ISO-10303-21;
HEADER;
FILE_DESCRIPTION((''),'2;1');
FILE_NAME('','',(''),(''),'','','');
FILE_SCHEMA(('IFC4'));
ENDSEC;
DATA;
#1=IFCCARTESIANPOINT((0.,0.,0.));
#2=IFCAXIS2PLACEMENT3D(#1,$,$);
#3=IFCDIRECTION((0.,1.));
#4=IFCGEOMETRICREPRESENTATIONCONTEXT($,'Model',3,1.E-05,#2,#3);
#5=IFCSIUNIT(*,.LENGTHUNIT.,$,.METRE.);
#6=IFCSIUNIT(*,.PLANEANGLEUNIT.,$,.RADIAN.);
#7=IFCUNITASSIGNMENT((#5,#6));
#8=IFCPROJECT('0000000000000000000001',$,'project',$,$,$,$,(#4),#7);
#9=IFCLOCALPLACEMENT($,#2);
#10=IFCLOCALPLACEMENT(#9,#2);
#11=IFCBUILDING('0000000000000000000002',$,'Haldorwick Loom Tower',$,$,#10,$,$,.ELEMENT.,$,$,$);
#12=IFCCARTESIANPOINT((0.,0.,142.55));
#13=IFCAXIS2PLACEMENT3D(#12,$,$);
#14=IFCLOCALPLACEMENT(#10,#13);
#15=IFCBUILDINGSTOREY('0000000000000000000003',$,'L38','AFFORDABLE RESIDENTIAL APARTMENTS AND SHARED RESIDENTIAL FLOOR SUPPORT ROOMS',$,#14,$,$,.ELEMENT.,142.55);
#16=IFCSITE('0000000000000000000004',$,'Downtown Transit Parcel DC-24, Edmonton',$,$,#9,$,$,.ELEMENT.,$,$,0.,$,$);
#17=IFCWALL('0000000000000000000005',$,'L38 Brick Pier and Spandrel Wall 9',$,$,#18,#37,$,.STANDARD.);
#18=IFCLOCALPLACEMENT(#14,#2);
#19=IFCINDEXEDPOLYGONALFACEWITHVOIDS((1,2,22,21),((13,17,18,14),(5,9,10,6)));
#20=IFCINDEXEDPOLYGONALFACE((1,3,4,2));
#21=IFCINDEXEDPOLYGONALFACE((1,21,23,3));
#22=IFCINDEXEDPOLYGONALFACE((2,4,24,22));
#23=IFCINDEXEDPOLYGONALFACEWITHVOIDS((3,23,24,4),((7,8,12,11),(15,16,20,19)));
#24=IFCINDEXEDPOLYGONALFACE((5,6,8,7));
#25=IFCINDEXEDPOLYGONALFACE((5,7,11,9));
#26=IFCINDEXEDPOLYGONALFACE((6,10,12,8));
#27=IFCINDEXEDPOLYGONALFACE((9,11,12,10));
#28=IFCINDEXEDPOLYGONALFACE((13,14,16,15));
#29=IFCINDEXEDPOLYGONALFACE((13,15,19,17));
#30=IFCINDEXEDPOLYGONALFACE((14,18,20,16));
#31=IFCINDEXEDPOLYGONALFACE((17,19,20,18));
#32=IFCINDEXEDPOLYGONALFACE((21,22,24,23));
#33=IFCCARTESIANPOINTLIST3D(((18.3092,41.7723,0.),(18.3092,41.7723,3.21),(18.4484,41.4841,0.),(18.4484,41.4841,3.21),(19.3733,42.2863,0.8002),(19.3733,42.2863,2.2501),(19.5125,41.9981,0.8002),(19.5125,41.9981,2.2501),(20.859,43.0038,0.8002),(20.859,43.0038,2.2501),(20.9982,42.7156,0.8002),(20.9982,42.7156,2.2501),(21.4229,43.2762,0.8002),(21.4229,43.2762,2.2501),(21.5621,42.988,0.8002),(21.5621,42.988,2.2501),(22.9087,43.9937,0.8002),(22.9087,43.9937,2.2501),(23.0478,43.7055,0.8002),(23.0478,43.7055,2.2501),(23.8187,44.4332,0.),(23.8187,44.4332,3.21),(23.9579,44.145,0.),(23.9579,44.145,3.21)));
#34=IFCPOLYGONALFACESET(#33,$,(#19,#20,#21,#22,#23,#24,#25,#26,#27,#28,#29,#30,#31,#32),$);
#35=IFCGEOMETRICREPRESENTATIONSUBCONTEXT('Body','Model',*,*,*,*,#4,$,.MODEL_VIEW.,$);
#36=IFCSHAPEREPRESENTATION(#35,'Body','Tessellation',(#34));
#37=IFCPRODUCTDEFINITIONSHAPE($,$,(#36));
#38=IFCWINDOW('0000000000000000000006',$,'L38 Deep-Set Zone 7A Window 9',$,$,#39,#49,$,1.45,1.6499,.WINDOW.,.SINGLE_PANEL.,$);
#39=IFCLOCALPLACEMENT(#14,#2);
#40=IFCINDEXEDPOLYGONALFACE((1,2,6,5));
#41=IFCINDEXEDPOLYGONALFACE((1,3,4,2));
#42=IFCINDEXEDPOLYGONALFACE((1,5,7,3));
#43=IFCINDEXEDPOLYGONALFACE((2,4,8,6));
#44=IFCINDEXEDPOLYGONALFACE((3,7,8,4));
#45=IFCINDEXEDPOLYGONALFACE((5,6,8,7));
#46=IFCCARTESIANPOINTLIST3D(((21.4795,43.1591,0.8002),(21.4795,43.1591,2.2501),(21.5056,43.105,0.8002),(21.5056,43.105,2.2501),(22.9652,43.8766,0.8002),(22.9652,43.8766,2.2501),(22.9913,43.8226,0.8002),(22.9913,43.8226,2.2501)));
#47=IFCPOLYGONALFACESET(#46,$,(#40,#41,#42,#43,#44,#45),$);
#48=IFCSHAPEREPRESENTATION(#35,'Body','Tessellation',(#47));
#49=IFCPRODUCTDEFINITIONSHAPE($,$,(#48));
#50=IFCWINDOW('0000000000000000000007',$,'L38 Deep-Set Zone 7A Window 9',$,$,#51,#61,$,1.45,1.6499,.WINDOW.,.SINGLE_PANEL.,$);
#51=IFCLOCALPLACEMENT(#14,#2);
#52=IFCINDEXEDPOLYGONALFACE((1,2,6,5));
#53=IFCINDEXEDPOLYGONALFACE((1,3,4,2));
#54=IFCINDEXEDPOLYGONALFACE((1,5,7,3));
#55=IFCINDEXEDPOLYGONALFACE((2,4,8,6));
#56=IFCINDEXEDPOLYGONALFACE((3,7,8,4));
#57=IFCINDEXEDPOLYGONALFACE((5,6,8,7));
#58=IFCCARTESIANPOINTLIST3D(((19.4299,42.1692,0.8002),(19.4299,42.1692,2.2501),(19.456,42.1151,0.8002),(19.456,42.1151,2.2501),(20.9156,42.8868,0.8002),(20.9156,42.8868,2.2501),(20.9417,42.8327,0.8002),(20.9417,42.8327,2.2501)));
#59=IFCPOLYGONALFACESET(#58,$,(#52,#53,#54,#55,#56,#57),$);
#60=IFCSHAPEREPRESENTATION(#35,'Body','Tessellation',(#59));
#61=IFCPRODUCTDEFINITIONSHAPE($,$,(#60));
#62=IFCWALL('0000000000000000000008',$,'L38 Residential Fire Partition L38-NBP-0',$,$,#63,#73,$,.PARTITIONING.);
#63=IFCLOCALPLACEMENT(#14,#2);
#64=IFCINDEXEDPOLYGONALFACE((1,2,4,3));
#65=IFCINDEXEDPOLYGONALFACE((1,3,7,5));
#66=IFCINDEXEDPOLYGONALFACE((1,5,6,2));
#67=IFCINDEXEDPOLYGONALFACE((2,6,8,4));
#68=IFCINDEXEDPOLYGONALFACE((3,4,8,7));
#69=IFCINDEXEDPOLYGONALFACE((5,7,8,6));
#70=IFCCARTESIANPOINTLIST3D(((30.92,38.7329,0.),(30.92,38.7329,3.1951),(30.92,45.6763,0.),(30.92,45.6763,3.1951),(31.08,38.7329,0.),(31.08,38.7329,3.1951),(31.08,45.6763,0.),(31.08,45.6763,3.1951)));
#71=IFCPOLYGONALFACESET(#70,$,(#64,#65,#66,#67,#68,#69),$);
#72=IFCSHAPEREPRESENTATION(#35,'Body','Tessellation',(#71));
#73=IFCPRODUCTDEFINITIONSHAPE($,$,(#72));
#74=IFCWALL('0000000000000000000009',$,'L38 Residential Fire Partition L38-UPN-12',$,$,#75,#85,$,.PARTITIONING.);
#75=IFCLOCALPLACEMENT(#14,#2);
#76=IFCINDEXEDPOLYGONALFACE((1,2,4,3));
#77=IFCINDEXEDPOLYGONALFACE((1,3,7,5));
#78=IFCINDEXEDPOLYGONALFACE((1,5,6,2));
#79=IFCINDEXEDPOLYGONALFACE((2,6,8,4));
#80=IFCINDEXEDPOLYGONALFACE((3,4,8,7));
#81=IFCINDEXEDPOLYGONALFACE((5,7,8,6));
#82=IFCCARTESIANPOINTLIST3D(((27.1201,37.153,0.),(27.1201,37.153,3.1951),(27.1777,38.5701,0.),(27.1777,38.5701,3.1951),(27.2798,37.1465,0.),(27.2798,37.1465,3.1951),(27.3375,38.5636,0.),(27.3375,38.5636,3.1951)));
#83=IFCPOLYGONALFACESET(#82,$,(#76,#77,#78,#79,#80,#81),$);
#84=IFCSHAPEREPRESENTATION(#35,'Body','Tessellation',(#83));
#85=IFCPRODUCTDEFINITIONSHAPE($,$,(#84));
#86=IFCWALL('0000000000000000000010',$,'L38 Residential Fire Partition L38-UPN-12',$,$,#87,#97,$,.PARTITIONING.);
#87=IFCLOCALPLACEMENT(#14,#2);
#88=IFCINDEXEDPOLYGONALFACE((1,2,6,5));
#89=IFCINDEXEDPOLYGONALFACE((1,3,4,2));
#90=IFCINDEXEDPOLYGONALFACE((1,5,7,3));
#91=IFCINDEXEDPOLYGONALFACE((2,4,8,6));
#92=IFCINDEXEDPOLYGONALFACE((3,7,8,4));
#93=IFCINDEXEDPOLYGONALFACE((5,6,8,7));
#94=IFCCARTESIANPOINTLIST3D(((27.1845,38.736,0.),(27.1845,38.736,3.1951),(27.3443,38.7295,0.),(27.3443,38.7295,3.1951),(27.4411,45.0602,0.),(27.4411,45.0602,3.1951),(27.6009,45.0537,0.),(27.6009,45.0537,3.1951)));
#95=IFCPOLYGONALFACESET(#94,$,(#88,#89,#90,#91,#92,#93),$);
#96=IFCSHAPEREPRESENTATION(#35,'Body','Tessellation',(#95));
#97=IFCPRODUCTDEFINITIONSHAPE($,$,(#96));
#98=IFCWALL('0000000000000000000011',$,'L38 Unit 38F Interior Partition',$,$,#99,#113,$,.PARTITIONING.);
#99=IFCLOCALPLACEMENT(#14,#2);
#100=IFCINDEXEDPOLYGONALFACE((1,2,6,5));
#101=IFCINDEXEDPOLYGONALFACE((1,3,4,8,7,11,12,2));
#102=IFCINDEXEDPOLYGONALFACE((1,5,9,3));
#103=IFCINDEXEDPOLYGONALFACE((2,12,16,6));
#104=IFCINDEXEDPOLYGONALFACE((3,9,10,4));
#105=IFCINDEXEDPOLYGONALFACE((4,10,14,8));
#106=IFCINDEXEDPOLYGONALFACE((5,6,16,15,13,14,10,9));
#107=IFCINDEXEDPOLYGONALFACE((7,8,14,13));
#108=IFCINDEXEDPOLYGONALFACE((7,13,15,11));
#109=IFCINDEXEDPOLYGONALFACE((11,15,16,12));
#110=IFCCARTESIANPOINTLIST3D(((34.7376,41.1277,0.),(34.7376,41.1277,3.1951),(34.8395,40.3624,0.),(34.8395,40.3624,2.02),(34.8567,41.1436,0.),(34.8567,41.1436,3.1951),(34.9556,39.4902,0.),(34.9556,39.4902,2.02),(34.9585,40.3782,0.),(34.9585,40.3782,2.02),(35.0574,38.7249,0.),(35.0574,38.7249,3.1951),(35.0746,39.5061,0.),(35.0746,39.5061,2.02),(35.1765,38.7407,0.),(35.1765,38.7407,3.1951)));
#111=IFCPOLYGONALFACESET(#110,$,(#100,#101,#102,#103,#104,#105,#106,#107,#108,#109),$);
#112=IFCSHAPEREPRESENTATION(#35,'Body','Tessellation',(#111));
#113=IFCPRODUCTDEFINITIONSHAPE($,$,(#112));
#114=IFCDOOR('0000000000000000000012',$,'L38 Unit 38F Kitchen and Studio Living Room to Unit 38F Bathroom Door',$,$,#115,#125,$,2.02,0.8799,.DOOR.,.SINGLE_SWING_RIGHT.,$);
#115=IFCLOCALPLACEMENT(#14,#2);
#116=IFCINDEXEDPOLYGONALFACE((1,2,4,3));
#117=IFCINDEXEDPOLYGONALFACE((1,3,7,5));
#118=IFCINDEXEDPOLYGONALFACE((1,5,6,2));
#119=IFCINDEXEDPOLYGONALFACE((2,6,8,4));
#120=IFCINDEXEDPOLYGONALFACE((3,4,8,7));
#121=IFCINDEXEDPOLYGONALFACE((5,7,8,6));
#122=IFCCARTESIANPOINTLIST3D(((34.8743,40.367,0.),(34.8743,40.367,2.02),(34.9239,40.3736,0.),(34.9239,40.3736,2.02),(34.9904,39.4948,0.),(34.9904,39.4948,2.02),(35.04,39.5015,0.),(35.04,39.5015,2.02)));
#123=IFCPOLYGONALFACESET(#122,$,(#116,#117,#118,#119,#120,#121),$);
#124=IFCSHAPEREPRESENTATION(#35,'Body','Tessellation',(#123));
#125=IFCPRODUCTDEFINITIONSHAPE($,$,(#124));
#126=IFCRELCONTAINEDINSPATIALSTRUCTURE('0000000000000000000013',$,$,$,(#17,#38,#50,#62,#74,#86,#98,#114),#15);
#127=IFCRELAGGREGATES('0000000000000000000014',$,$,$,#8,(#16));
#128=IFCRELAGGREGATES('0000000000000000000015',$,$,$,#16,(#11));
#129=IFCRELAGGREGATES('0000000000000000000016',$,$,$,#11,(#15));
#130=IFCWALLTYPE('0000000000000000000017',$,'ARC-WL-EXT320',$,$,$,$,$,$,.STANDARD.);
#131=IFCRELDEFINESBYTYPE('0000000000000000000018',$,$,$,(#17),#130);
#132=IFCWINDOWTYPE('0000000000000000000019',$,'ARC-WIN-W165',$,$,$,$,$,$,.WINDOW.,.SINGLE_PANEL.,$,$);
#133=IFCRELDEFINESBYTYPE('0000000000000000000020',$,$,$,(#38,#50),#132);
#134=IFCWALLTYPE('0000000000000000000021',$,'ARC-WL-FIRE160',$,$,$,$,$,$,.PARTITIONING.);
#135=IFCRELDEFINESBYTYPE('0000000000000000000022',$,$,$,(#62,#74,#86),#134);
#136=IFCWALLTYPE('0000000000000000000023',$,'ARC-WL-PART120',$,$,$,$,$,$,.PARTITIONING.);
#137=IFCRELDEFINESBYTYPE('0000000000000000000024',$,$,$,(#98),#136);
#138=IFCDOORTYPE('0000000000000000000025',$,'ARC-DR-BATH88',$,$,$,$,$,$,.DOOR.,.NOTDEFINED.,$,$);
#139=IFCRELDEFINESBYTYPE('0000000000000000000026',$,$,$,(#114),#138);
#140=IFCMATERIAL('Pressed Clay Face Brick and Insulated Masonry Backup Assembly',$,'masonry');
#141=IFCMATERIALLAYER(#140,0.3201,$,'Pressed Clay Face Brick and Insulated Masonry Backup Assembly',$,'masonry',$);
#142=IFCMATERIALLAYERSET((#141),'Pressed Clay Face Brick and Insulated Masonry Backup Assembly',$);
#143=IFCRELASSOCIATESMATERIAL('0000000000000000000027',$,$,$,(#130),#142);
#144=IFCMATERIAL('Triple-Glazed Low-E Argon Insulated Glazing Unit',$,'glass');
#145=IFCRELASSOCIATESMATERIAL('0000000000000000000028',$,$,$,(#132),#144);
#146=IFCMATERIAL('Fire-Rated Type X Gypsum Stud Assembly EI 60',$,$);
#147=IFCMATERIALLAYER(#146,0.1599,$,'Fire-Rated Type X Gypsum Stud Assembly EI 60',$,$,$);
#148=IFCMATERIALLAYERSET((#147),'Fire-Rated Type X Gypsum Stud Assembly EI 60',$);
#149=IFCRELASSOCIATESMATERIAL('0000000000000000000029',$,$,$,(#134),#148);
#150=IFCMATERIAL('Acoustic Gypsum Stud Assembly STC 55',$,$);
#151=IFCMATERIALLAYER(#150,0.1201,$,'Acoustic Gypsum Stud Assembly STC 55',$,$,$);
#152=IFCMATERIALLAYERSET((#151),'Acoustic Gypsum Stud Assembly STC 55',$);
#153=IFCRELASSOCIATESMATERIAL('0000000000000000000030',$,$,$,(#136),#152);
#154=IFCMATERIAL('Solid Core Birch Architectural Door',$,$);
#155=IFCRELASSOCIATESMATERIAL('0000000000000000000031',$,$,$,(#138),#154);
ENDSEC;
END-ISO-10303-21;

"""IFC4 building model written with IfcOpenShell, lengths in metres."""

from ifc_helpers import new_model, si_unit, direction, frame, frame_2d, origin, place, context, subcontext, project, spatial, rectangle, extrude, material, layer, layer_set, type_object, element, fill, save


model = new_model("IFC4")

# Units and contexts
model_context = context("Model", 3, precision=1e-05, world=origin(), true_north=direction((0.0, 1.0)))
body_context = subcontext(model_context, "Body", "Model", "MODEL_VIEW")
ifc_project = project(units=[si_unit("LENGTHUNIT", "METRE"), si_unit("PLANEANGLEUNIT", "RADIAN")], contexts=[model_context])

# Site, building, storey
site_placement = place(None, origin())
site = spatial("IfcSite", under=ifc_project, at=site_placement, Name="Downtown Transit Parcel DC-24, Edmonton", CompositionType="ELEMENT", RefElevation=0.0)
building_placement = place(site_placement, origin())
building = spatial("IfcBuilding", under=site, at=building_placement, Name="Haldorwick Loom Tower", CompositionType="ELEMENT")
storey_placement = place(building_placement, frame((0.0, 0.0, 142.55)))
storey = spatial("IfcBuildingStorey", under=building, at=storey_placement, Name="L38", Description="AFFORDABLE RESIDENTIAL APARTMENTS AND SHARED RESIDENTIAL FLOOR SUPPORT ROOMS", CompositionType="ELEMENT", Elevation=142.55)

# Shared definitions
ifc_material_1 = material(Name="Pressed Clay Face Brick and Insulated Masonry Backup Assembly", Category="masonry")
ifc_layer_1 = layer(ifc_material_1, 0.3201, Name="Pressed Clay Face Brick and Insulated Masonry Backup Assembly", Category="masonry")
ifc_layer_set_1 = layer_set([ifc_layer_1], Name="Pressed Clay Face Brick and Insulated Masonry Backup Assembly")
wall_type_1 = type_object("IfcWallType", Name="ARC-WL-EXT320", PredefinedType="STANDARD", material=ifc_layer_set_1)

# Wall, openings, windows
wall_1_placement = place(storey_placement, frame((23.8882, 44.2891, 0.0), z_axis=(0.0, 0.0, 1.0), x_axis=(-0.90048, -0.434897, 0.0)))
wall_1 = element("IfcWall", 1, at=wall_1_placement, inside=storey, type_object=wall_type_1, Name="L38 Brick Pier and Spandrel Wall 9", PredefinedType="STANDARD", context=body_context, shape_type="SweptSolid", body=[
    extrude(rectangle(XDim=6.1184, YDim=0.3201, at=frame_2d((3.0591, 0.0))), origin(), (0.0, 0.0, 1.0), 3.21),
])
opening_1_placement = place(wall_1_placement, frame((1.0105, 0.0, 0.8)))
opening_1 = element("IfcOpeningElement", 2, at=opening_1_placement, cuts=wall_1, PredefinedType="OPENING", context=body_context, shape_type="SweptSolid", body=[
    extrude(rectangle(XDim=1.6499, YDim=1.45, at=frame_2d((0.825, 0.7251))), frame((0.0, 0.1699, 0.0), z_axis=(0.0, -1.0, 0.0), x_axis=(1.0, 0.0, 0.0)), (0.0, 0.0, 1.0), 0.3401),
])
opening_2_placement = place(wall_1_placement, frame((3.2866, 0.0, 0.8)))
opening_2 = element("IfcOpeningElement", 3, at=opening_2_placement, cuts=wall_1, PredefinedType="OPENING", context=body_context, shape_type="SweptSolid", body=[
    extrude(rectangle(XDim=1.6499, YDim=1.45, at=frame_2d((0.825, 0.7251))), frame((0.0, 0.1699, 0.0), z_axis=(0.0, -1.0, 0.0), x_axis=(1.0, 0.0, 0.0)), (0.0, 0.0, 1.0), 0.3401),
])
ifc_material_2 = material(Name="Triple-Glazed Low-E Argon Insulated Glazing Unit", Category="glass")
window_type = type_object("IfcWindowType", Name="ARC-WIN-W165", PartitioningType="SINGLE_PANEL", PredefinedType="WINDOW", material=ifc_material_2)
window_1_placement = place(opening_1_placement, origin())
window_1 = element("IfcWindow", 4, at=window_1_placement, inside=storey, type_object=window_type, Name="L38 Deep-Set Zone 7A Window 9", OverallHeight=1.45, OverallWidth=1.6499, PartitioningType="SINGLE_PANEL", PredefinedType="WINDOW", context=body_context, shape_type="SweptSolid", body=[
    extrude(rectangle(XDim=1.6499, YDim=1.45, at=frame_2d((0.825, 0.7251))), frame((0.0, 0.03, 0.0), z_axis=(0.0, -1.0, 0.0), x_axis=(1.0, 0.0, 0.0)), (0.0, 0.0, 1.0), 0.0601),
])
fill(opening_1, window_1)
window_2_placement = place(opening_2_placement, origin())
window_2 = element("IfcWindow", 5, at=window_2_placement, inside=storey, type_object=window_type, Name="L38 Deep-Set Zone 7A Window 9", OverallHeight=1.45, OverallWidth=1.6499, PartitioningType="SINGLE_PANEL", PredefinedType="WINDOW", context=body_context, shape_type="SweptSolid", body=[
    extrude(rectangle(XDim=1.6499, YDim=1.45, at=frame_2d((0.825, 0.7251))), frame((0.0, 0.03, 0.0), z_axis=(0.0, -1.0, 0.0), x_axis=(1.0, 0.0, 0.0)), (0.0, 0.0, 1.0), 0.0601),
])
fill(opening_2, window_2)

# Walls
ifc_material_3 = material(Name="Fire-Rated Type X Gypsum Stud Assembly EI 60")
ifc_layer_2 = layer(ifc_material_3, 0.1599, Name="Fire-Rated Type X Gypsum Stud Assembly EI 60")
ifc_layer_set_2 = layer_set([ifc_layer_2], Name="Fire-Rated Type X Gypsum Stud Assembly EI 60")
wall_type_2 = type_object("IfcWallType", Name="ARC-WL-FIRE160", PredefinedType="PARTITIONING", material=ifc_layer_set_2)
wall_2_placement = place(storey_placement, frame((31.0, 38.7329, 0.0), z_axis=(0.0, 0.0, 1.0), x_axis=(0.0, 1.0, 0.0)))
element("IfcWall", 6, at=wall_2_placement, inside=storey, type_object=wall_type_2, Name="L38 Residential Fire Partition L38-NBP-0", PredefinedType="PARTITIONING", context=body_context, shape_type="SweptSolid", body=[
    extrude(rectangle(XDim=6.9434, YDim=0.1599, at=frame_2d((3.4717, 0.0))), origin(), (0.0, 0.0, 1.0), 3.1951),
])
wall_3_placement = place(storey_placement, frame((27.2, 37.1499, 0.0), z_axis=(0.0, 0.0, 1.0), x_axis=(0.040628, 0.999174, 0.0)))
element("IfcWall", 7, at=wall_3_placement, inside=storey, type_object=wall_type_2, Name="L38 Residential Fire Partition L38-UPN-12", PredefinedType="PARTITIONING", context=body_context, shape_type="SweptSolid", body=[
    extrude(rectangle(XDim=1.4182, YDim=0.1599, at=frame_2d((0.709, 0.0))), origin(), (0.0, 0.0, 1.0), 3.1951),
])
wall_4_placement = place(storey_placement, frame((27.2644, 38.7329, 0.0), z_axis=(0.0, 0.0, 1.0), x_axis=(0.04054, 0.999178, 0.0)))
element("IfcWall", 8, at=wall_4_placement, inside=storey, type_object=wall_type_2, Name="L38 Residential Fire Partition L38-UPN-12", PredefinedType="PARTITIONING", context=body_context, shape_type="SweptSolid", body=[
    extrude(rectangle(XDim=6.3293, YDim=0.1599, at=frame_2d((3.1646, 0.0))), origin(), (0.0, 0.0, 1.0), 3.1951),
])

# Wall, opening, door
ifc_material_4 = material(Name="Acoustic Gypsum Stud Assembly STC 55")
ifc_layer_3 = layer(ifc_material_4, 0.1201, Name="Acoustic Gypsum Stud Assembly STC 55")
ifc_layer_set_3 = layer_set([ifc_layer_3], Name="Acoustic Gypsum Stud Assembly STC 55")
wall_type_3 = type_object("IfcWallType", Name="ARC-WL-PART120", PredefinedType="PARTITIONING", material=ifc_layer_set_3)
wall_5_placement = place(storey_placement, frame((35.1169, 38.7329, 0.0), z_axis=(0.0, 0.0, 1.0), x_axis=(-0.131939, 0.991258, 0.0)))
wall_5 = element("IfcWall", 9, at=wall_5_placement, inside=storey, type_object=wall_type_3, Name="L38 Unit 38F Interior Partition", PredefinedType="PARTITIONING", context=body_context, shape_type="SweptSolid", body=[
    extrude(rectangle(XDim=2.4241, YDim=0.1201, at=frame_2d((1.2119, 0.0))), origin(), (0.0, 0.0, 1.0), 3.1951),
])
opening_3_placement = place(wall_5_placement, frame((0.772, 0.0, 0.0)))
opening_3 = element("IfcOpeningElement", 10, at=opening_3_placement, cuts=wall_5, PredefinedType="OPENING", context=body_context, shape_type="SweptSolid", body=[
    extrude(rectangle(XDim=0.8799, YDim=2.02, at=frame_2d((0.4399, 1.01))), frame((0.0, 0.0701, 0.0), z_axis=(0.0, -1.0, 0.0), x_axis=(1.0, 0.0, 0.0)), (0.0, 0.0, 1.0), 0.1401),
])
ifc_material_5 = material(Name="Solid Core Birch Architectural Door")
door_type = type_object("IfcDoorType", Name="ARC-DR-BATH88", OperationType="NOTDEFINED", PredefinedType="DOOR", material=ifc_material_5)
door_placement = place(opening_3_placement, origin())
door = element("IfcDoor", 11, at=door_placement, inside=storey, type_object=door_type, Name="L38 Unit 38F Kitchen and Studio Living Room to Unit 38F Bathroom Door", OperationType="SINGLE_SWING_RIGHT", OverallHeight=2.02, OverallWidth=0.8799, PredefinedType="DOOR", context=body_context, shape_type="SweptSolid", body=[
    extrude(rectangle(XDim=0.8799, YDim=2.02, at=frame_2d((0.4399, 1.01))), frame((0.0, 0.0249, 0.0), z_axis=(0.0, -1.0, 0.0), x_axis=(1.0, 0.0, 0.0)), (0.0, 0.0, 1.0), 0.05),
])
fill(opening_3, door)

save(model, "model.ifc")
